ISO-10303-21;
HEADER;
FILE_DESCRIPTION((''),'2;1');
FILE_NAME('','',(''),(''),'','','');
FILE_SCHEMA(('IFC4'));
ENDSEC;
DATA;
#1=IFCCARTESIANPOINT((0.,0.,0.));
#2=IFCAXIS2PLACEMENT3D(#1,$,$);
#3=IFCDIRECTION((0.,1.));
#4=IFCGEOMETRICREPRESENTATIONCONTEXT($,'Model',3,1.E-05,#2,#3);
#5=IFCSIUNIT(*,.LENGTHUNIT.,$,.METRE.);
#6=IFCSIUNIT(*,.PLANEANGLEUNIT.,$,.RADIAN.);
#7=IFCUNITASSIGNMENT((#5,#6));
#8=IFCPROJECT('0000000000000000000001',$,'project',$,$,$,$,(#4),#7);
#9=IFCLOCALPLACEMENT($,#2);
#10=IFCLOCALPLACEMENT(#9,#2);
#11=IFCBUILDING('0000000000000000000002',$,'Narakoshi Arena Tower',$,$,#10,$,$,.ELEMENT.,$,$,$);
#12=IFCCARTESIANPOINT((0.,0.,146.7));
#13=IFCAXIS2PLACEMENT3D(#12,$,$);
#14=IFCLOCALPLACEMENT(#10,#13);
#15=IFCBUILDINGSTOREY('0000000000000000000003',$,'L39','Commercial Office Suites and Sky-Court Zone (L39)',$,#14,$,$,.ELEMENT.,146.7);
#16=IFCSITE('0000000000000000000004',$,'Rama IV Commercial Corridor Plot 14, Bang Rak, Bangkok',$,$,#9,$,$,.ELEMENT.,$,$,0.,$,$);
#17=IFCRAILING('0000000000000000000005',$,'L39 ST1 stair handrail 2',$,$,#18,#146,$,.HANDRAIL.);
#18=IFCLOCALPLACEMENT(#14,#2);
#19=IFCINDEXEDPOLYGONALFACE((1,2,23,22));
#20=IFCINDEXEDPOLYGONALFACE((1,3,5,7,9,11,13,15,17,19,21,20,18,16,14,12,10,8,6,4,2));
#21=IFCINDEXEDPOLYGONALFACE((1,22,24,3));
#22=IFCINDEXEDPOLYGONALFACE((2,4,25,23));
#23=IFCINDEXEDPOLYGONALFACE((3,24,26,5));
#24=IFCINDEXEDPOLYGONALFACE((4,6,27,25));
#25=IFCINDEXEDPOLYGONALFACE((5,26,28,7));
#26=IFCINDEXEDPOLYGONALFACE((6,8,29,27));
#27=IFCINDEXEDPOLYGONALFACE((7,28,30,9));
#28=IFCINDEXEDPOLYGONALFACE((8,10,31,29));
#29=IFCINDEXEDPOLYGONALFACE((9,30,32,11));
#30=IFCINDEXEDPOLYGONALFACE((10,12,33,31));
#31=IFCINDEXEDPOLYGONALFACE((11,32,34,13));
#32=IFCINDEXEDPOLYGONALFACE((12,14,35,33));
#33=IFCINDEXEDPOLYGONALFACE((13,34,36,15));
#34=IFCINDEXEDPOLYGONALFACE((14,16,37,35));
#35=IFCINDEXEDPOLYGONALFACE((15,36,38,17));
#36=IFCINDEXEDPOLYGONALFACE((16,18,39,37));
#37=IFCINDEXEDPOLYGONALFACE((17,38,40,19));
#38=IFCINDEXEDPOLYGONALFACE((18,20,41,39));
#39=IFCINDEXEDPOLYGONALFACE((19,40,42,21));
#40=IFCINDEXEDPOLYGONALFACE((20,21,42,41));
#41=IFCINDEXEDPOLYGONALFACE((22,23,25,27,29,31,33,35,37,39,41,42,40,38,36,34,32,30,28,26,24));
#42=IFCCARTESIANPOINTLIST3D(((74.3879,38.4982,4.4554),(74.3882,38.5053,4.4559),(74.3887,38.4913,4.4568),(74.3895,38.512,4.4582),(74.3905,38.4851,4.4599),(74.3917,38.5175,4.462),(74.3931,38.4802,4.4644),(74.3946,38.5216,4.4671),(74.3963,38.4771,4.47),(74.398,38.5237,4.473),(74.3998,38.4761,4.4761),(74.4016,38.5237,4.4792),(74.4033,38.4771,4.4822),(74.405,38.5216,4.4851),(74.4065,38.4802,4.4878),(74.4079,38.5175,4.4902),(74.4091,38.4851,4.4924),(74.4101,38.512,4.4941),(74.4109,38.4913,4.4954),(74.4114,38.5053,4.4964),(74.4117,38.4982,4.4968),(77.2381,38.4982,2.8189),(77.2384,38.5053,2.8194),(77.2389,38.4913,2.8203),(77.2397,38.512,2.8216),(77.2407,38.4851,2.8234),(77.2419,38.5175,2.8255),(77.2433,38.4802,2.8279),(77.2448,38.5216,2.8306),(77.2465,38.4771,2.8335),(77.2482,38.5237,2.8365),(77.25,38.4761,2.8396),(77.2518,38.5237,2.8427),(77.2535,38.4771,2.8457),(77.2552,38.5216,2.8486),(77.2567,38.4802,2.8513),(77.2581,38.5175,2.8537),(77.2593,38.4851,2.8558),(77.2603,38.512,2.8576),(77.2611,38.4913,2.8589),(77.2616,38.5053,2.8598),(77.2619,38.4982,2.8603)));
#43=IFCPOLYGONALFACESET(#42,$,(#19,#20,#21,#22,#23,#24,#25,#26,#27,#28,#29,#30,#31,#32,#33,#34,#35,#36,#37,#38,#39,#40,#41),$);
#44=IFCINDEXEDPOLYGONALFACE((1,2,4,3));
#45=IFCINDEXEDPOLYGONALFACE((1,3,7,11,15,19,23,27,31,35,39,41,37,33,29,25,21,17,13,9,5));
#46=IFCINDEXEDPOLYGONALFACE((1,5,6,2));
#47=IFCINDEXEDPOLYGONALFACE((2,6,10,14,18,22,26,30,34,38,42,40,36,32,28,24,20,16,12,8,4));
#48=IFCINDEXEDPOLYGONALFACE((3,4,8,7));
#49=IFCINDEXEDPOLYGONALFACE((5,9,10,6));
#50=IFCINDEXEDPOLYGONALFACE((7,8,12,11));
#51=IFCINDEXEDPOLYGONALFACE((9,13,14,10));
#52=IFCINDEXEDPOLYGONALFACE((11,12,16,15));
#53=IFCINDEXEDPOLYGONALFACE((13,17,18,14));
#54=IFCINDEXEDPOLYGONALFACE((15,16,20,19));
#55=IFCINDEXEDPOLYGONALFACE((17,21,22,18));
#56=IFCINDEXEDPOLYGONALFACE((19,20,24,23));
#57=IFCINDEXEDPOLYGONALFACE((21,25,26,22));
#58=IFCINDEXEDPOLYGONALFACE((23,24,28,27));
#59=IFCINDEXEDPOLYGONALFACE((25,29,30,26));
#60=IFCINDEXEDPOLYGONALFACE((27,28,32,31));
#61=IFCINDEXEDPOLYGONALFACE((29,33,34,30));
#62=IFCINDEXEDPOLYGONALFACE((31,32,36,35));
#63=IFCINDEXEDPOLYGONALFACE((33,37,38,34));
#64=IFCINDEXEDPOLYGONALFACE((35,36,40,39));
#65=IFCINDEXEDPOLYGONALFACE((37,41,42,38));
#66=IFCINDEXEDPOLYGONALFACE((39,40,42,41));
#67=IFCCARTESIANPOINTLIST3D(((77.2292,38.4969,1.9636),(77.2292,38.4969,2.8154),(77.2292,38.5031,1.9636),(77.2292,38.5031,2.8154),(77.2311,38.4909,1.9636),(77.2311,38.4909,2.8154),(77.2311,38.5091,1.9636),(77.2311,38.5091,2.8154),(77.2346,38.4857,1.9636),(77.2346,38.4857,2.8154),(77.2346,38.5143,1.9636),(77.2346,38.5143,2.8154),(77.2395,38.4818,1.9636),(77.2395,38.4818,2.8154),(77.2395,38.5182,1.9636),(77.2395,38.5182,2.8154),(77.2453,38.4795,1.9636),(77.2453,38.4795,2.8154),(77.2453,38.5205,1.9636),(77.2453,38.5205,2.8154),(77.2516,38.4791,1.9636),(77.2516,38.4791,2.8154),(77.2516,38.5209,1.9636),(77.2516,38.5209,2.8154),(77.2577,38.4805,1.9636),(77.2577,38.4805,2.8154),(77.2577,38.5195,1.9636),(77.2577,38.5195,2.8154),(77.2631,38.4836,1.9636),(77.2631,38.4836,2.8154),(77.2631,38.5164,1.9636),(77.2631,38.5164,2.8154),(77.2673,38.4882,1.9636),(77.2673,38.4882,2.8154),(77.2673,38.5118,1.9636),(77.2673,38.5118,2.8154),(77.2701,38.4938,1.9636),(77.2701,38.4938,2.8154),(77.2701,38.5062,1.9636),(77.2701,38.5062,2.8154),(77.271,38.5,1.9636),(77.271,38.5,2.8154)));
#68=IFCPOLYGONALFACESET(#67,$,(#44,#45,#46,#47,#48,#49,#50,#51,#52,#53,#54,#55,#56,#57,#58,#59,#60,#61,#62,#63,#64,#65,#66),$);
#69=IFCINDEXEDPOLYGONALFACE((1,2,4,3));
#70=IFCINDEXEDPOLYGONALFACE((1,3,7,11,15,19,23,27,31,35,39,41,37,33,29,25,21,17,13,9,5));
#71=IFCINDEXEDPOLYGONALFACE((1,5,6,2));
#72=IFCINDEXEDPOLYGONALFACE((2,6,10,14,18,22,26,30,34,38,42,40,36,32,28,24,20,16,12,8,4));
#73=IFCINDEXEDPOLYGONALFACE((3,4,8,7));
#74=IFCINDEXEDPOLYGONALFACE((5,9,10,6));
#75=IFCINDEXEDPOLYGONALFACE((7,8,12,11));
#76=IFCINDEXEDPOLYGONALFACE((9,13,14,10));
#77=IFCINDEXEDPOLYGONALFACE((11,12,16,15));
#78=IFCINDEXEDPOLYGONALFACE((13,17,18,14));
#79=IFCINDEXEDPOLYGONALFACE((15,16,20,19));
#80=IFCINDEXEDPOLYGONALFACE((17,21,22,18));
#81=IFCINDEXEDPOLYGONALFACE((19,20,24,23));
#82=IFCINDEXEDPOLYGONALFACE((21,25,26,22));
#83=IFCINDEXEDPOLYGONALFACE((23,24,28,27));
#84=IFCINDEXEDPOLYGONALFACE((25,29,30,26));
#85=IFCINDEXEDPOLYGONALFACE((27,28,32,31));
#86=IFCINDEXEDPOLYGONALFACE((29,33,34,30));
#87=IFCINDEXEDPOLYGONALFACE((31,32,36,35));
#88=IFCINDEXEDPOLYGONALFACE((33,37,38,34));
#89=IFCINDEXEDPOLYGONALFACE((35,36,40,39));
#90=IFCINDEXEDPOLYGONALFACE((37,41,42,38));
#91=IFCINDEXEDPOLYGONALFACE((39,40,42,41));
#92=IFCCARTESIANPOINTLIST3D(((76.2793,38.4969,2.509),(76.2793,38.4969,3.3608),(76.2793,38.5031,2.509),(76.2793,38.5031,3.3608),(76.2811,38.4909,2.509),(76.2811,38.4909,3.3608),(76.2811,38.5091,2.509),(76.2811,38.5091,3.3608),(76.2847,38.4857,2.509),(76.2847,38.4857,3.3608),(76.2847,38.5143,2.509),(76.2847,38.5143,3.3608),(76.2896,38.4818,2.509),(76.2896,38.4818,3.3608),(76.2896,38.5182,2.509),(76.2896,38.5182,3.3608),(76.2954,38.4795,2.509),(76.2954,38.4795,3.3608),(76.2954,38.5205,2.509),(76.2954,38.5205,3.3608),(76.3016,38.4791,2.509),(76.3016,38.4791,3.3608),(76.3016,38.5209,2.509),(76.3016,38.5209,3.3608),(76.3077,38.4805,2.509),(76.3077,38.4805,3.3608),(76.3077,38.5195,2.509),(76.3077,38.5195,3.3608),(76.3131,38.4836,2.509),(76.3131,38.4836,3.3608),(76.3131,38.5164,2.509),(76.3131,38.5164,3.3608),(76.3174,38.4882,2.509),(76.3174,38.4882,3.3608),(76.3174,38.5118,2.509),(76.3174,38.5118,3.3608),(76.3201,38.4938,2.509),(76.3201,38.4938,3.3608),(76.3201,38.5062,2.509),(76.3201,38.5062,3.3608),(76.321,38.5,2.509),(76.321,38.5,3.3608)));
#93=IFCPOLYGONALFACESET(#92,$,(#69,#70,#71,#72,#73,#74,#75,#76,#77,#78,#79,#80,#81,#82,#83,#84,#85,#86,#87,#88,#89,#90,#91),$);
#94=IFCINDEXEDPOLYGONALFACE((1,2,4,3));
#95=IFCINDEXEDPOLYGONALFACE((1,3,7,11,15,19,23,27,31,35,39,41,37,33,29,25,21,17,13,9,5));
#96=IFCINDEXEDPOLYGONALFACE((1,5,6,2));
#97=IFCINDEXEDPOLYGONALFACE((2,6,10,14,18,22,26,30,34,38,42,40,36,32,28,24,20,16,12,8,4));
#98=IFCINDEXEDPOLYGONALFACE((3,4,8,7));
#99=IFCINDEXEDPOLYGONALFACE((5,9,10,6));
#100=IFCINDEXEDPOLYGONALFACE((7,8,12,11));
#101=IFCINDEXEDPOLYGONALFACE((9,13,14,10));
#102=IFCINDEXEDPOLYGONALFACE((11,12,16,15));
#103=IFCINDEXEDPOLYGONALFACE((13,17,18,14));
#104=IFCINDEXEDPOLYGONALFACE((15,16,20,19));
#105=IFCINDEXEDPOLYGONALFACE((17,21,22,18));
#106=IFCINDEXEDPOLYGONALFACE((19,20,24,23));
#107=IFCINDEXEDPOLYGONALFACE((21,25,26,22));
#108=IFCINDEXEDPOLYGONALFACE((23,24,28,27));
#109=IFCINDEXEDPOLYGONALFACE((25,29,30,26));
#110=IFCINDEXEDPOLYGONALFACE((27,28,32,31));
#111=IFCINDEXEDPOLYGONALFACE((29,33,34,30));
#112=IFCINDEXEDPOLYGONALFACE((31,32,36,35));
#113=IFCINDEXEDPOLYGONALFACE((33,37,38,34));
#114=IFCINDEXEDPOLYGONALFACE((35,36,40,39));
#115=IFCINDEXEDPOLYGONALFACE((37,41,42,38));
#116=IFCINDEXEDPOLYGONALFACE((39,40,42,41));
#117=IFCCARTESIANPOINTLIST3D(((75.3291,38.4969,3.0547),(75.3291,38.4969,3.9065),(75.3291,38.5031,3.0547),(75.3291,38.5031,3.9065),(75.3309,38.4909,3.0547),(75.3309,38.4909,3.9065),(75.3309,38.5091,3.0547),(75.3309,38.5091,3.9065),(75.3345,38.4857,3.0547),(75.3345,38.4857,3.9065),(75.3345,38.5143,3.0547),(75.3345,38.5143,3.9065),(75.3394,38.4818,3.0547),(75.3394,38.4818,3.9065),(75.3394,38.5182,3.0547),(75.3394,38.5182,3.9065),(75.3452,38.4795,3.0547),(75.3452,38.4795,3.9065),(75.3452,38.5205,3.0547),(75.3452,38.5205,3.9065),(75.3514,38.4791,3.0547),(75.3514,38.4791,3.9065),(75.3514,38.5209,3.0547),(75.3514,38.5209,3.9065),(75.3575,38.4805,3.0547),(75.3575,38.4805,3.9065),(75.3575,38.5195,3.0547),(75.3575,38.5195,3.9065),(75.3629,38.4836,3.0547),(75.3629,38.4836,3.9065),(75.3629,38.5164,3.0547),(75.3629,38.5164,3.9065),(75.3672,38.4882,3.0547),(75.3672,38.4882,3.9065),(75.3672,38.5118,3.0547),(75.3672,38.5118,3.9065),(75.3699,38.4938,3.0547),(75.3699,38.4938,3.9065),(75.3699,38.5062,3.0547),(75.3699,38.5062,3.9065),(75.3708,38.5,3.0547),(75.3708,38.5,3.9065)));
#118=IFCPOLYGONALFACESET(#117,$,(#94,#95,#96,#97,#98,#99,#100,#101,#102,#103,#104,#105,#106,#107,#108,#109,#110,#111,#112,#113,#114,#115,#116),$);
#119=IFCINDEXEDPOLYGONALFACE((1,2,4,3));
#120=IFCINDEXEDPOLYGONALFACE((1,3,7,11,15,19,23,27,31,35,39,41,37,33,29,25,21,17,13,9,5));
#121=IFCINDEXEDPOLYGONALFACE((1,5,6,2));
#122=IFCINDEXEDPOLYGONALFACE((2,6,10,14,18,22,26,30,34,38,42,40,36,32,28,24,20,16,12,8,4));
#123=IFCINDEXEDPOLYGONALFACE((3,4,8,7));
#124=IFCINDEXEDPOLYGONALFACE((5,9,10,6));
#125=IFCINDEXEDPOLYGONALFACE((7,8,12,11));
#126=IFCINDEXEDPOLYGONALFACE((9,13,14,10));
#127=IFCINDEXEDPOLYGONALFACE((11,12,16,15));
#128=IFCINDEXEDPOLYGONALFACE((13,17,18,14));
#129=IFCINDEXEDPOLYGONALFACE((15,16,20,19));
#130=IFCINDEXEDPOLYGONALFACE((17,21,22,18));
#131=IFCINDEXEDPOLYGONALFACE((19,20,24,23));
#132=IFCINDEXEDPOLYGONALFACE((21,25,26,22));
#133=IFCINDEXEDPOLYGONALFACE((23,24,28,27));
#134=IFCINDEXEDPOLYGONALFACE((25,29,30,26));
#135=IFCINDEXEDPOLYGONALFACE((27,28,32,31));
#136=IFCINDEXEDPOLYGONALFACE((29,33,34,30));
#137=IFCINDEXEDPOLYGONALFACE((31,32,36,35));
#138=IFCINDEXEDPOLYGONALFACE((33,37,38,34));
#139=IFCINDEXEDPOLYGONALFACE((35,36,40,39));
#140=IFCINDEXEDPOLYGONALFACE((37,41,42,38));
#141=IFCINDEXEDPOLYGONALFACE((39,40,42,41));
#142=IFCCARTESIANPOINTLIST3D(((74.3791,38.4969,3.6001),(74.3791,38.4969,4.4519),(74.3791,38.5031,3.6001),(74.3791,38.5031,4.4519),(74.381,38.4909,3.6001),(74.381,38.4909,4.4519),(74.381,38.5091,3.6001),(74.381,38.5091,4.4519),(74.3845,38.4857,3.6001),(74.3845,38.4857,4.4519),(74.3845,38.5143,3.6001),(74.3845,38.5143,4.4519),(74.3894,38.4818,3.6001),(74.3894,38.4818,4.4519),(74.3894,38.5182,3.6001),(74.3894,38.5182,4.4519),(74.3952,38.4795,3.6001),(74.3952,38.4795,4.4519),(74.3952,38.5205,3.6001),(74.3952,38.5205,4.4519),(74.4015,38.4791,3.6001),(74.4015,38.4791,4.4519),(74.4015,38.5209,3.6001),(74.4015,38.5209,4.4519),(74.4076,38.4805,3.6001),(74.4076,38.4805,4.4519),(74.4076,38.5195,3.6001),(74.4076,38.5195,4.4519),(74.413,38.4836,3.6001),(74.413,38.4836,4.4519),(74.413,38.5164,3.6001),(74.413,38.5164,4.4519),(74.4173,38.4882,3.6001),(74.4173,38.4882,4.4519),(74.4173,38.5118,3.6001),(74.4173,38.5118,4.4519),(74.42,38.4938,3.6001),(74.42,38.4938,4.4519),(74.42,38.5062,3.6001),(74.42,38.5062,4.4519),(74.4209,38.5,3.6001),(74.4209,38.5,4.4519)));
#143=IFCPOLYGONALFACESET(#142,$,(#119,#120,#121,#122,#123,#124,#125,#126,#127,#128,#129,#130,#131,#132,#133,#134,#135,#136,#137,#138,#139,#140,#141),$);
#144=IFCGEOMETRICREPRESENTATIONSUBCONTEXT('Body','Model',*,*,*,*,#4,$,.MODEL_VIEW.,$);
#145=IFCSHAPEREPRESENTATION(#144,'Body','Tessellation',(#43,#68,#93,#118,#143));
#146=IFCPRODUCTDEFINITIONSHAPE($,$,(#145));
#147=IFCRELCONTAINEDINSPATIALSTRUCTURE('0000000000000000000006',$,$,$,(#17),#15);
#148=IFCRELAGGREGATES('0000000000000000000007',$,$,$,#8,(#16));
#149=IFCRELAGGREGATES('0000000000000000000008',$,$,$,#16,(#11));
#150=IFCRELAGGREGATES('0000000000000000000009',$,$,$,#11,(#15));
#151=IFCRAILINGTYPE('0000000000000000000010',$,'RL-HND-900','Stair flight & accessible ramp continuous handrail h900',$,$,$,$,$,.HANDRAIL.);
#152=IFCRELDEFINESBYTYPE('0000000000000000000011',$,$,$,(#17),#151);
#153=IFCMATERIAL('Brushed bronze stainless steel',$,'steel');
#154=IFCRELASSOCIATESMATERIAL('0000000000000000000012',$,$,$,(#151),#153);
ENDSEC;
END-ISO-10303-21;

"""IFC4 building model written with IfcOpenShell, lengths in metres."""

from ifc_helpers import new_model, si_unit, direction, frame, origin, origin_2d, place, context, subcontext, project, spatial, circle, extrude, material, type_object, element, save


model = new_model("IFC4")

# Units and contexts
model_context = context("Model", 3, precision=1e-05, world=origin(), true_north=direction((0.0, 1.0)))
body_context = subcontext(model_context, "Body", "Model", "MODEL_VIEW")
ifc_project = project(units=[si_unit("LENGTHUNIT", "METRE"), si_unit("PLANEANGLEUNIT", "RADIAN")], contexts=[model_context])

# Site, building, storey
site_placement = place(None, origin())
site = spatial("IfcSite", under=ifc_project, at=site_placement, Name="Rama IV Commercial Corridor Plot 14, Bang Rak, Bangkok", CompositionType="ELEMENT", RefElevation=0.0)
building_placement = place(site_placement, origin())
building = spatial("IfcBuilding", under=site, at=building_placement, Name="Narakoshi Arena Tower", CompositionType="ELEMENT")
storey_placement = place(building_placement, frame((0.0, 0.0, 146.7)))
storey = spatial("IfcBuildingStorey", under=building, at=storey_placement, Name="L39", Description="Commercial Office Suites and Sky-Court Zone (L39)", CompositionType="ELEMENT", Elevation=146.7)

# Railing
ifc_material_1 = material(Name="Brushed bronze stainless steel", Category="steel")
railing_type_1 = type_object("IfcRailingType", Name="RL-HND-900", Description="Stair flight & accessible ramp continuous handrail h900", PredefinedType="HANDRAIL", material=ifc_material_1)
for number, where, name in (
    (1, (77.25, 38.5, 1.9636), "L39 ST1 stair handrail 2"),
):
    element("IfcRailing", number, at=place(storey_placement, frame(where)), inside=storey, type_object=railing_type_1, Name=name, PredefinedType="HANDRAIL", context=body_context, shape_type="SweptSolid", body=[
        extrude(circle(Radius=0.0239, at=origin_2d()), frame((0.0, 0.0, 0.876), z_axis=(-0.867213, 0.0, 0.497938), x_axis=(0.0, -1.0, 0.0)), (0.0, 0.0, 1.0), 3.2866),
        extrude(circle(Radius=0.021, at=origin_2d()), origin(), (0.0, 0.0, 1.0), 0.8518),
        extrude(circle(Radius=0.021, at=origin_2d()), frame((-0.95, 0.0, 0.5454)), (0.0, 0.0, 1.0), 0.8518),
        extrude(circle(Radius=0.021, at=origin_2d()), frame((-1.9001, 0.0, 1.0911)), (0.0, 0.0, 1.0), 0.8518),
        extrude(circle(Radius=0.021, at=origin_2d()), frame((-2.8501, 0.0, 1.6365)), (0.0, 0.0, 1.0), 0.8518),
    ])

save(model, "model.ifc")
